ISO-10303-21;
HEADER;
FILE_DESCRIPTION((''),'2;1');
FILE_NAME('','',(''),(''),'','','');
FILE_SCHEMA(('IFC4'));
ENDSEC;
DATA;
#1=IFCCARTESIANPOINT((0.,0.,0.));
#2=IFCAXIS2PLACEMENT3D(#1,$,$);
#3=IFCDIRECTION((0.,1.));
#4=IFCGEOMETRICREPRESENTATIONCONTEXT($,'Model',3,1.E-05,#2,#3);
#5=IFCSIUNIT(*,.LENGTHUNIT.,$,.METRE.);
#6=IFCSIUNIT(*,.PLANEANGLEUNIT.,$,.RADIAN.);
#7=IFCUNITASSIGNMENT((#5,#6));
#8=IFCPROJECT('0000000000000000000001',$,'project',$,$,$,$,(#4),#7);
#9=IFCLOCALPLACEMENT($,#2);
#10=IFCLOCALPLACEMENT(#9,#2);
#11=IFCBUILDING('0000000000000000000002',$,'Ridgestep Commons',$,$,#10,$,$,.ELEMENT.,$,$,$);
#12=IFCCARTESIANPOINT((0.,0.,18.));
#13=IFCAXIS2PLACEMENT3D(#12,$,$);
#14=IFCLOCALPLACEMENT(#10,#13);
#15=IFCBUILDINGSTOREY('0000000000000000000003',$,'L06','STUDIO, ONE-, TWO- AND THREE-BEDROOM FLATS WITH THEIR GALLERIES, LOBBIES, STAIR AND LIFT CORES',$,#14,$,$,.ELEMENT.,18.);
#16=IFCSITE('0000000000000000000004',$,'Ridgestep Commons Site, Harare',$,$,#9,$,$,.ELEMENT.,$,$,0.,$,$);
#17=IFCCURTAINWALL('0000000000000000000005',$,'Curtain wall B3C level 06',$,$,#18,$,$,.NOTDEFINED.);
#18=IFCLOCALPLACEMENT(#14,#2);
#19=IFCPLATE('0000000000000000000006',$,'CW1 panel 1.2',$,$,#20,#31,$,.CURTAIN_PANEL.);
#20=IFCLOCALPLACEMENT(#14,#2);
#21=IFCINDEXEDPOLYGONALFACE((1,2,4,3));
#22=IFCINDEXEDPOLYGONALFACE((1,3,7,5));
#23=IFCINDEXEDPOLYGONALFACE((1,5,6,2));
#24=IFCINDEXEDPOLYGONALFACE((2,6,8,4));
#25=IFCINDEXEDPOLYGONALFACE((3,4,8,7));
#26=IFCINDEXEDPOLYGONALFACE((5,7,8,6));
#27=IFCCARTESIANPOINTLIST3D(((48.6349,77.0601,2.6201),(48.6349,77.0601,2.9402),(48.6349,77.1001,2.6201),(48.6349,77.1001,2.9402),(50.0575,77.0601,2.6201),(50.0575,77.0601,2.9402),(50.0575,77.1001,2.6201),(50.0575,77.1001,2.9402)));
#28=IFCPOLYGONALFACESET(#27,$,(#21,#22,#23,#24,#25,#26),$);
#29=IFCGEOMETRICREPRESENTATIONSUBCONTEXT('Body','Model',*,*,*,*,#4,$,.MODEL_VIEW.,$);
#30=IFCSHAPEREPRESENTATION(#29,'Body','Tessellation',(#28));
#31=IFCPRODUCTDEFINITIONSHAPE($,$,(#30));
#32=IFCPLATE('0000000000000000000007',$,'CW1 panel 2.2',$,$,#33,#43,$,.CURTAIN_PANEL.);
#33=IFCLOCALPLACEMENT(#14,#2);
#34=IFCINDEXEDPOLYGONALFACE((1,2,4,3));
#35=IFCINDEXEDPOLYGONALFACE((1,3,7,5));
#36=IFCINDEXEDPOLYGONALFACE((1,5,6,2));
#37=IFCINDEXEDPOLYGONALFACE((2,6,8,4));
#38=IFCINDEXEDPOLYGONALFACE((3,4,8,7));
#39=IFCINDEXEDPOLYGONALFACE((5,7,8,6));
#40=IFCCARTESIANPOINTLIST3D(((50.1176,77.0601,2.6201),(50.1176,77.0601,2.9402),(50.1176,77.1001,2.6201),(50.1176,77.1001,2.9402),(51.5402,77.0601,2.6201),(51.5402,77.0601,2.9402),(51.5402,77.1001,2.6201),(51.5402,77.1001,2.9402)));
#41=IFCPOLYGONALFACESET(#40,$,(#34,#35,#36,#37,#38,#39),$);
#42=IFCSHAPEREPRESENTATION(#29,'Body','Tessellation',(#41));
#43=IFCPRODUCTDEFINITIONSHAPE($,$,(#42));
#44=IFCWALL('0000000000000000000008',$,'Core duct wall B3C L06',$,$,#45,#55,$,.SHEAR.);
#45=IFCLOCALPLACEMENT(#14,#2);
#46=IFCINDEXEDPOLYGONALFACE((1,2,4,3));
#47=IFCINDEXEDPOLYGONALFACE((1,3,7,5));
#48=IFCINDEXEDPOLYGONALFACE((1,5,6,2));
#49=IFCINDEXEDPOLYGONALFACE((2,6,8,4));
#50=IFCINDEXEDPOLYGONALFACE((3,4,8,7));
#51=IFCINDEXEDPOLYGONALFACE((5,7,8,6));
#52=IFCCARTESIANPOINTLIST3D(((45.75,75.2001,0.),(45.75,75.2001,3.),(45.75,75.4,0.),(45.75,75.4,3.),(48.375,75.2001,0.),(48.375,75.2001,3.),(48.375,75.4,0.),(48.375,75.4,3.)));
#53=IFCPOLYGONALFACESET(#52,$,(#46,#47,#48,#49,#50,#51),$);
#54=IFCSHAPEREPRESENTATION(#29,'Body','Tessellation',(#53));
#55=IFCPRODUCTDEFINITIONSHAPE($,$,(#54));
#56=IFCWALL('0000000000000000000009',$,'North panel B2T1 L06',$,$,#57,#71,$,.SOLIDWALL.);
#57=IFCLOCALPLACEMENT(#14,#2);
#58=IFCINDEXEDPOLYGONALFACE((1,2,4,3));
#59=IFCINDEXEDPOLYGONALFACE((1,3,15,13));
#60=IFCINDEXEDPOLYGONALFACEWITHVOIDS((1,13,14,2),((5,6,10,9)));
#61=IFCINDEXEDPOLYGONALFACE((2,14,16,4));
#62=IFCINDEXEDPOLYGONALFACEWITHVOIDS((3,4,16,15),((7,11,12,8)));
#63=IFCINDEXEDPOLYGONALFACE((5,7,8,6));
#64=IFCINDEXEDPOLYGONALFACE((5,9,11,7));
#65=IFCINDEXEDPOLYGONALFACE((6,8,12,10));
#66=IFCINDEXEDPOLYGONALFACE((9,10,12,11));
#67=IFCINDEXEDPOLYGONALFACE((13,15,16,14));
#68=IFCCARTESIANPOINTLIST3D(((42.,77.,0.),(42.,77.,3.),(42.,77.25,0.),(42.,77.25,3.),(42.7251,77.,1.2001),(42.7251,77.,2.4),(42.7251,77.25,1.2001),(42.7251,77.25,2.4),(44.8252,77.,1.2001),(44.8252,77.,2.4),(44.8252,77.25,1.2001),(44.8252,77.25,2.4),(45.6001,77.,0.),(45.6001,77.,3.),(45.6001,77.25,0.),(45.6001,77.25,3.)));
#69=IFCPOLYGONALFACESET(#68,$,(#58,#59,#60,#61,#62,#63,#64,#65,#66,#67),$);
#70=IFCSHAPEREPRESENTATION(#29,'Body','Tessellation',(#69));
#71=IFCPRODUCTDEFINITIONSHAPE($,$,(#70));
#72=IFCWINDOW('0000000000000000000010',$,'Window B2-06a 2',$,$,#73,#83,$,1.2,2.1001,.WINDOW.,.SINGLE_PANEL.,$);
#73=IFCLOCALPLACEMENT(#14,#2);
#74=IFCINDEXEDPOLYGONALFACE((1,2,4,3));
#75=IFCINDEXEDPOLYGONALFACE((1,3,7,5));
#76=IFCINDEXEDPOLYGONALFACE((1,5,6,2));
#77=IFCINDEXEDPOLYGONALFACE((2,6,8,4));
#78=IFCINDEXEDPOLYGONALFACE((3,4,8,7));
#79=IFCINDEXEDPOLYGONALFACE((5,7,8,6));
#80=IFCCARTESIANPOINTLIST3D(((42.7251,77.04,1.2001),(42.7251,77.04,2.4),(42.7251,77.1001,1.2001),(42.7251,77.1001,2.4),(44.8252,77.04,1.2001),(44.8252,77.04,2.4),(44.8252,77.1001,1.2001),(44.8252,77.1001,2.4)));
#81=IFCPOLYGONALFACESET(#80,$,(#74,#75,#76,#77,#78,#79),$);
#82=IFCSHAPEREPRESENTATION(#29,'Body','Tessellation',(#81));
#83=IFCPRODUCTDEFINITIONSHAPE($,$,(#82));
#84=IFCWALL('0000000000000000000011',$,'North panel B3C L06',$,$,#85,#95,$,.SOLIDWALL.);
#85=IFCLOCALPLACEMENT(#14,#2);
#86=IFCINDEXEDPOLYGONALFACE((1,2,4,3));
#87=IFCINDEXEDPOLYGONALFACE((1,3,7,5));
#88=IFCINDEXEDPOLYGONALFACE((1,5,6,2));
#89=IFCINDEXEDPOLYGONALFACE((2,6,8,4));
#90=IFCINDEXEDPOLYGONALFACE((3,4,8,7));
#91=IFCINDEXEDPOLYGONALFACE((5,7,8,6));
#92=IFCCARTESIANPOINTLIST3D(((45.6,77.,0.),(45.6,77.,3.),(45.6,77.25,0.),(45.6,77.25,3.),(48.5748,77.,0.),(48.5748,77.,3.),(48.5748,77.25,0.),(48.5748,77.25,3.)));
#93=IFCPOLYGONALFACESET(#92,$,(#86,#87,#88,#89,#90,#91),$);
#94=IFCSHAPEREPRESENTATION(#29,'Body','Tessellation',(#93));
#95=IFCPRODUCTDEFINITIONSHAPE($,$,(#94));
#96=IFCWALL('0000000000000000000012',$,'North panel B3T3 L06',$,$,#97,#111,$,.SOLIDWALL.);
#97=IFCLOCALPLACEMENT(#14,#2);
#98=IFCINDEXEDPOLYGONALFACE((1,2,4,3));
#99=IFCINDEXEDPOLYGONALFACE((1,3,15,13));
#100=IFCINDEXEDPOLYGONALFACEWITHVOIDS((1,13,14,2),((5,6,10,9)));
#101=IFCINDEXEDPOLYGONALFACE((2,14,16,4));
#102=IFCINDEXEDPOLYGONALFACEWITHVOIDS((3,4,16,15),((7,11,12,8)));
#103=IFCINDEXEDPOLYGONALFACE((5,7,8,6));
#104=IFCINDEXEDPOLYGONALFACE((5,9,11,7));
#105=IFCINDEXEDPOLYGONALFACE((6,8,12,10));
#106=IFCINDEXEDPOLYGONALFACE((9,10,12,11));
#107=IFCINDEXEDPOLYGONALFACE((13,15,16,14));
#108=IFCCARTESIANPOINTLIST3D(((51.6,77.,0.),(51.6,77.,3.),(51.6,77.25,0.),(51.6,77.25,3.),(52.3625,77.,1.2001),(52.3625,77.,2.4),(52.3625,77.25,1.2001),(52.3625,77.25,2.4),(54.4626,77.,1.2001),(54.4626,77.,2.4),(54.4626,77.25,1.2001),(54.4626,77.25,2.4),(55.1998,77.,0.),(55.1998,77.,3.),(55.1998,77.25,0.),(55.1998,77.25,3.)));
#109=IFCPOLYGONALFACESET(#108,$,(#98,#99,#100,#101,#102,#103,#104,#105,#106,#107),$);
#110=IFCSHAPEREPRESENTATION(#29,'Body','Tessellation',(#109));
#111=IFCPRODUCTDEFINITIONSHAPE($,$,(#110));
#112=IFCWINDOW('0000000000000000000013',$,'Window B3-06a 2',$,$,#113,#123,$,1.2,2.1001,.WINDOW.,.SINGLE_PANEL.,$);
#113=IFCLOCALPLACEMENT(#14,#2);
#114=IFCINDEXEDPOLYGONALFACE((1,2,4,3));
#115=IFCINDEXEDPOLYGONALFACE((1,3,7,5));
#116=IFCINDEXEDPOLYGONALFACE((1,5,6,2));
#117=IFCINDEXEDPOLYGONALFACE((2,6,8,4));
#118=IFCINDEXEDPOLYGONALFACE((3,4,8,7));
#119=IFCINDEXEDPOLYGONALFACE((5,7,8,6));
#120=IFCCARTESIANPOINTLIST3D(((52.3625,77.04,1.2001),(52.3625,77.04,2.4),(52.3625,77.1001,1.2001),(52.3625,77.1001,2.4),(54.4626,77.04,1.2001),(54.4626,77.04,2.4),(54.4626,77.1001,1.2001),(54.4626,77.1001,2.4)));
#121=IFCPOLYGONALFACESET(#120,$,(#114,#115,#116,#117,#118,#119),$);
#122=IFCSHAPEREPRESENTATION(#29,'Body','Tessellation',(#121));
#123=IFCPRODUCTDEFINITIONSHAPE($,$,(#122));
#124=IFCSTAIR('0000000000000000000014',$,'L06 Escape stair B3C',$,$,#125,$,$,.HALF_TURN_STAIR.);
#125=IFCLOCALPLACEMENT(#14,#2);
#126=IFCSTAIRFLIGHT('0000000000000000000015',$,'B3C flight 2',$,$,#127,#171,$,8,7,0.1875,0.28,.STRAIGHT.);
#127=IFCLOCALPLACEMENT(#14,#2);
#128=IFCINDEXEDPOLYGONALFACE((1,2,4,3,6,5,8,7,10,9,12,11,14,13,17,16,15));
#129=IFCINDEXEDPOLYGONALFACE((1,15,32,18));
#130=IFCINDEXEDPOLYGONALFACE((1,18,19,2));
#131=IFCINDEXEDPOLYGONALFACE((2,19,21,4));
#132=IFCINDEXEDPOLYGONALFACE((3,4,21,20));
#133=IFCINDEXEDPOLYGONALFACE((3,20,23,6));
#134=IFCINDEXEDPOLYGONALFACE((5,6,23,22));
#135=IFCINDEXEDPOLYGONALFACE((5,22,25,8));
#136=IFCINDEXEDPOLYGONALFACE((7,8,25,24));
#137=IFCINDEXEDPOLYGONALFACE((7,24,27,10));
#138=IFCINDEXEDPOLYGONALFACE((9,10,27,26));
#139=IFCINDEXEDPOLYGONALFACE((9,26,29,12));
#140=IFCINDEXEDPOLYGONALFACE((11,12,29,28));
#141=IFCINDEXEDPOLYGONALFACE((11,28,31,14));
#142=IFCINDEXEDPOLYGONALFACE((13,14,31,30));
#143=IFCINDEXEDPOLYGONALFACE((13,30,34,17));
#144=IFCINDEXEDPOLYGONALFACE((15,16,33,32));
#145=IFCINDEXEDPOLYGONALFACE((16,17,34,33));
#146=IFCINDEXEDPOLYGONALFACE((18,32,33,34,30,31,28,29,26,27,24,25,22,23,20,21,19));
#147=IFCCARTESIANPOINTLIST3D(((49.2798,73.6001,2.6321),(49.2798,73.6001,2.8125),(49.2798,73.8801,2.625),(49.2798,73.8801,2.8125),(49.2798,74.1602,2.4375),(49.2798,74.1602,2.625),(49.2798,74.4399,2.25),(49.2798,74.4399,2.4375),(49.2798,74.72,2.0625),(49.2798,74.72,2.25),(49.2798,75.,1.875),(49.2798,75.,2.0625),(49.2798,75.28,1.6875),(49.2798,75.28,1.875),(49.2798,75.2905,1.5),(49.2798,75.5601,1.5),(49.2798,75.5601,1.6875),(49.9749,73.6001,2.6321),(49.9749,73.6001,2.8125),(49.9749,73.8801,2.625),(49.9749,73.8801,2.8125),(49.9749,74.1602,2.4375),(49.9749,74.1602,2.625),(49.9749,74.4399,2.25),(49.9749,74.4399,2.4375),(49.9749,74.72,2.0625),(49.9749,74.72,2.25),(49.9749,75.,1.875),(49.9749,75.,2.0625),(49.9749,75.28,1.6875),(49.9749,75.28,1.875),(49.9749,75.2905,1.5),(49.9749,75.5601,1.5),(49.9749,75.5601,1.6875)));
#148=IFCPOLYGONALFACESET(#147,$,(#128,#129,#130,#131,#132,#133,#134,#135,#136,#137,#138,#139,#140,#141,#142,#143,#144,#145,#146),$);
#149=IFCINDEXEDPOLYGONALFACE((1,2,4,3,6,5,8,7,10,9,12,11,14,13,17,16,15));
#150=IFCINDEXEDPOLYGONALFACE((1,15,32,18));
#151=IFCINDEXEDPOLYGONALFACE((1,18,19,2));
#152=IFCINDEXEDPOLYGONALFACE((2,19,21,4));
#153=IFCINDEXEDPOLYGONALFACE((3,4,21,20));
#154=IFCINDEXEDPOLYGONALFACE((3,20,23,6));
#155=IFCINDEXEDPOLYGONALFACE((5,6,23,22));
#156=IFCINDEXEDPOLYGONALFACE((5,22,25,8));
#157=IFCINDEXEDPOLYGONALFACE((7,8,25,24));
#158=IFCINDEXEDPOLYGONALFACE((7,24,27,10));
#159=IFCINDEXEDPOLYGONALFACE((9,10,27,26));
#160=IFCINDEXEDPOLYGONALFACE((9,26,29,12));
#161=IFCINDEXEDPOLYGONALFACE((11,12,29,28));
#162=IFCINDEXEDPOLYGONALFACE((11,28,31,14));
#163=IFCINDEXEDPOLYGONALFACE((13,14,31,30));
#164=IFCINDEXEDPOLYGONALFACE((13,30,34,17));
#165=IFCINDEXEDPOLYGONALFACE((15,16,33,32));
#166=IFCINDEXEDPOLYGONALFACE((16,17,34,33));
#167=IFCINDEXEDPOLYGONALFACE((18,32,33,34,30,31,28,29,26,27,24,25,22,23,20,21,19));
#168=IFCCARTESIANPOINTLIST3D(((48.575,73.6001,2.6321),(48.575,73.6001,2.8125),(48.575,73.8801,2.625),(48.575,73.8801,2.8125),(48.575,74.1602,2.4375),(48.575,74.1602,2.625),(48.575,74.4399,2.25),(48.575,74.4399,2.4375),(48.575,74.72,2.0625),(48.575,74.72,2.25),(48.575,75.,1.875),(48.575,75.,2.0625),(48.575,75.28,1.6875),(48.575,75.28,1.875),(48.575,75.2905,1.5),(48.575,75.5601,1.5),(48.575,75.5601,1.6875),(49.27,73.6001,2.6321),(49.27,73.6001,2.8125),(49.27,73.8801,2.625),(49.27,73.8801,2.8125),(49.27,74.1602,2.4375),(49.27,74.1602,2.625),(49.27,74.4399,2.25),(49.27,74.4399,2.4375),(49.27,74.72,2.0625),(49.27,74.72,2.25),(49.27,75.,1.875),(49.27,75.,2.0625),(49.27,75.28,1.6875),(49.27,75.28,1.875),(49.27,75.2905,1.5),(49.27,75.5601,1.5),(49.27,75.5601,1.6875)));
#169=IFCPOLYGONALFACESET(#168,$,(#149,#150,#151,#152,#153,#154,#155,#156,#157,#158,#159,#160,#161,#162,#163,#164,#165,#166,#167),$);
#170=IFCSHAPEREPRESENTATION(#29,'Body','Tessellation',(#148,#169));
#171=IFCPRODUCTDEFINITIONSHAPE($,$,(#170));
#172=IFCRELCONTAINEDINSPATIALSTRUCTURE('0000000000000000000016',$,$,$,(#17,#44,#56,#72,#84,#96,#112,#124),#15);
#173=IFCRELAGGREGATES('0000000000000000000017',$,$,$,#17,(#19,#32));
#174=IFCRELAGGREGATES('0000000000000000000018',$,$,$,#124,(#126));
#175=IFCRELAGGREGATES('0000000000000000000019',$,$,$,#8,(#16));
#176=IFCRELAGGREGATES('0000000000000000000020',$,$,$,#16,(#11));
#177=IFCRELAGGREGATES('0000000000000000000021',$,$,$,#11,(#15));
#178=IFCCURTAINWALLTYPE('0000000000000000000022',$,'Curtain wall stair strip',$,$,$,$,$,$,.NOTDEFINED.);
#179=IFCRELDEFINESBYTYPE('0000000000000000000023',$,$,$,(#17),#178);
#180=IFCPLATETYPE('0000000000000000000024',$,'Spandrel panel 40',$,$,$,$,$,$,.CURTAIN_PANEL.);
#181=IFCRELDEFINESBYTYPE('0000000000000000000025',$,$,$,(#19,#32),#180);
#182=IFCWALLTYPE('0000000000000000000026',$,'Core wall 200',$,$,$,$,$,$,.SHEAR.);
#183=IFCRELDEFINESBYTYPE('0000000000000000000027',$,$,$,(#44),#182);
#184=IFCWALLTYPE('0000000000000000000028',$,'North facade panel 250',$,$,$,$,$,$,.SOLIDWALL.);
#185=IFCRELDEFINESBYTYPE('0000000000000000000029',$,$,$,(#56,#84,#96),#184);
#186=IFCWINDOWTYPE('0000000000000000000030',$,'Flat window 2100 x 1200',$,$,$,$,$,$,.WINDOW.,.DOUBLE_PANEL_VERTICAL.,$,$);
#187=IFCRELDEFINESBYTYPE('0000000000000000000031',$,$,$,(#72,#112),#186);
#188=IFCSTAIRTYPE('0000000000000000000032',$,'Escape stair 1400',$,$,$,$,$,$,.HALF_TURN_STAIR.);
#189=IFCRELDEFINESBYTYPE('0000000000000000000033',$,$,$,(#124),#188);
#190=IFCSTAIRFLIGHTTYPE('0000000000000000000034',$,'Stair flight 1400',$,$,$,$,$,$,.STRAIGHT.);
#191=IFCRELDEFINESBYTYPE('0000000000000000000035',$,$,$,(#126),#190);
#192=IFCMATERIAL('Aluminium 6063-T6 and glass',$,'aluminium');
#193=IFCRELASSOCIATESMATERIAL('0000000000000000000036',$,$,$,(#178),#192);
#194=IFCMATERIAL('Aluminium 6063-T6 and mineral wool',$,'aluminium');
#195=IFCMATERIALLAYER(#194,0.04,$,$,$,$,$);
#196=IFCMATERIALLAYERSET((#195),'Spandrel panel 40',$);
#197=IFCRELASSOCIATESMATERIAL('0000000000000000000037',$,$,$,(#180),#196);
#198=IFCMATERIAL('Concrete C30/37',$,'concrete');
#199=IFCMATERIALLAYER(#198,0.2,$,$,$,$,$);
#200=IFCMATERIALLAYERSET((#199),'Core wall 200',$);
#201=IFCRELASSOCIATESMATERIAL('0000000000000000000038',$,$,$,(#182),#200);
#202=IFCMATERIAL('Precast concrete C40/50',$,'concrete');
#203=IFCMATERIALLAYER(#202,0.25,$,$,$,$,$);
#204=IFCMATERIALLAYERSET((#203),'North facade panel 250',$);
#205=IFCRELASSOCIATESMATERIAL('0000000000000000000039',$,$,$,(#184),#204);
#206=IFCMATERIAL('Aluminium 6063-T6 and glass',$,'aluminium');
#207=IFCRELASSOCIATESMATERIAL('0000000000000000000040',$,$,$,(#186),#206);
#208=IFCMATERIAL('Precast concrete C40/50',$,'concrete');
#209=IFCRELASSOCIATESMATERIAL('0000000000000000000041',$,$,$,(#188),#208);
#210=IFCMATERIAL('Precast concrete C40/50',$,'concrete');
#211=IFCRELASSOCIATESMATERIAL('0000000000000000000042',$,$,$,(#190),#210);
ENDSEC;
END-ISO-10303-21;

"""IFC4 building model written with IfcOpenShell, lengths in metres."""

from ifc_helpers import new_model, si_unit, direction, frame, frame_2d, origin, origin_2d, place, context, subcontext, project, spatial, polyline, rectangle, outline, extrude, material, layer, layer_set, type_object, element, fill, aggregate, save


model = new_model("IFC4")

# Units and contexts
model_context = context("Model", 3, precision=1e-05, world=origin(), true_north=direction((0.0, 1.0)))
body_context = subcontext(model_context, "Body", "Model", "MODEL_VIEW")
ifc_project = project(units=[si_unit("LENGTHUNIT", "METRE"), si_unit("PLANEANGLEUNIT", "RADIAN")], contexts=[model_context])

# Site, building, storey
site_placement = place(None, origin())
site = spatial("IfcSite", under=ifc_project, at=site_placement, Name="Ridgestep Commons Site, Harare", CompositionType="ELEMENT", RefElevation=0.0)
building_placement = place(site_placement, origin())
building = spatial("IfcBuilding", under=site, at=building_placement, Name="Ridgestep Commons", CompositionType="ELEMENT")
storey_placement = place(building_placement, frame((0.0, 0.0, 18.0)))
storey = spatial("IfcBuildingStorey", under=building, at=storey_placement, Name="L06", Description="STUDIO, ONE-, TWO- AND THREE-BEDROOM FLATS WITH THEIR GALLERIES, LOBBIES, STAIR AND LIFT CORES", CompositionType="ELEMENT", Elevation=18.0)

# Curtain wall
ifc_material_1 = material(Name="Aluminium 6063-T6 and glass", Category="aluminium")
curtain_wall_type = type_object("IfcCurtainWallType", Name="Curtain wall stair strip", PredefinedType="NOTDEFINED", material=ifc_material_1)
curtain_wall_placement = place(storey_placement, origin())
curtain_wall = element("IfcCurtainWall", 1, at=curtain_wall_placement, inside=storey, type_object=curtain_wall_type, Name="Curtain wall B3C level 06", PredefinedType="NOTDEFINED")

# Plates
ifc_material_2 = material(Name="Aluminium 6063-T6 and mineral wool", Category="aluminium")
ifc_layer_1 = layer(ifc_material_2, 0.04)
ifc_layer_set_1 = layer_set([ifc_layer_1], Name="Spandrel panel 40")
plate_type_1 = type_object("IfcPlateType", Name="Spandrel panel 40", PredefinedType="CURTAIN_PANEL", material=ifc_layer_set_1)
plate_1_placement = place(storey_placement, frame((49.3462, 77.0801, 2.6201), z_axis=(0.0, 0.0, 1.0), x_axis=(1.0, 0.0, 0.0)))
plate_1 = element("IfcPlate", 2, at=plate_1_placement, type_object=plate_type_1, Name="CW1 panel 1.2", PredefinedType="CURTAIN_PANEL", context=body_context, shape_type="SweptSolid", body=[
    extrude(rectangle(XDim=1.4226, YDim=0.04, at=origin_2d()), origin(), (0.0, 0.0, 1.0), 0.3201),
])
plate_2_placement = place(storey_placement, frame((50.8289, 77.0801, 2.6201), z_axis=(0.0, 0.0, 1.0), x_axis=(1.0, 0.0, 0.0)))
plate_2 = element("IfcPlate", 3, at=plate_2_placement, type_object=plate_type_1, Name="CW1 panel 2.2", PredefinedType="CURTAIN_PANEL", context=body_context, shape_type="SweptSolid", body=[
    extrude(rectangle(XDim=1.4226, YDim=0.04, at=origin_2d()), origin(), (0.0, 0.0, 1.0), 0.3201),
])
aggregate(curtain_wall, [plate_1, plate_2])

# Wall
ifc_material_3 = material(Name="Concrete C30/37", Category="concrete")
ifc_layer_2 = layer(ifc_material_3, 0.2)
ifc_layer_set_2 = layer_set([ifc_layer_2], Name="Core wall 200")
wall_type_1 = type_object("IfcWallType", Name="Core wall 200", PredefinedType="SHEAR", material=ifc_layer_set_2)
wall_1_placement = place(storey_placement, frame((45.75, 75.3, 0.0), z_axis=(0.0, 0.0, 1.0), x_axis=(1.0, 0.0, 0.0)))
element("IfcWall", 4, at=wall_1_placement, inside=storey, type_object=wall_type_1, Name="Core duct wall B3C L06", PredefinedType="SHEAR", context=body_context, shape_type="SweptSolid", body=[
    extrude(rectangle(XDim=2.625, YDim=0.2, at=frame_2d((1.3125, 0.0))), origin(), (0.0, 0.0, 1.0), 3.0),
])

# Wall, opening, window
ifc_material_4 = material(Name="Precast concrete C40/50", Category="concrete")
ifc_layer_3 = layer(ifc_material_4, 0.25)
ifc_layer_set_3 = layer_set([ifc_layer_3], Name="North facade panel 250")
wall_type_2 = type_object("IfcWallType", Name="North facade panel 250", PredefinedType="SOLIDWALL", material=ifc_layer_set_3)
wall_2_placement = place(storey_placement, frame((42.0, 77.125, 0.0), z_axis=(0.0, 0.0, 1.0), x_axis=(1.0, 0.0, 0.0)))
wall_2 = element("IfcWall", 5, at=wall_2_placement, inside=storey, type_object=wall_type_2, Name="North panel B2T1 L06", PredefinedType="SOLIDWALL", context=body_context, shape_type="SweptSolid", body=[
    extrude(rectangle(XDim=3.6001, YDim=0.25, at=frame_2d((1.8, 0.0))), origin(), (0.0, 0.0, 1.0), 3.0),
])
opening_1_placement = place(wall_2_placement, frame((0.7251, 0.0, 1.2)))
opening_1 = element("IfcOpeningElement", 6, at=opening_1_placement, cuts=wall_2, PredefinedType="OPENING", context=body_context, shape_type="SweptSolid", body=[
    extrude(rectangle(XDim=2.1001, YDim=1.2, at=frame_2d((1.05, 0.6001))), frame((0.0, 0.135, 0.0), z_axis=(0.0, -1.0, 0.0), x_axis=(1.0, 0.0, 0.0)), (0.0, 0.0, 1.0), 0.27),
])
ifc_material_5 = material(Name="Aluminium 6063-T6 and glass", Category="aluminium")
window_type = type_object("IfcWindowType", Name="Flat window 2100 x 1200", PartitioningType="DOUBLE_PANEL_VERTICAL", PredefinedType="WINDOW", material=ifc_material_5)
window_1_placement = place(opening_1_placement, origin())
window_1 = element("IfcWindow", 7, at=window_1_placement, inside=storey, type_object=window_type, Name="Window B2-06a 2", OverallHeight=1.2, OverallWidth=2.1001, PartitioningType="SINGLE_PANEL", PredefinedType="WINDOW", context=body_context, shape_type="SweptSolid", body=[
    extrude(rectangle(XDim=2.1001, YDim=1.2, at=frame_2d((1.05, 0.6001))), frame((0.0, -0.0249, 0.0), z_axis=(0.0, -1.0, 0.0), x_axis=(1.0, 0.0, 0.0)), (0.0, 0.0, 1.0), 0.0601),
])
fill(opening_1, window_1)

# Wall
wall_3_placement = place(storey_placement, frame((45.6001, 77.125, 0.0), z_axis=(0.0, 0.0, 1.0), x_axis=(1.0, 0.0, 0.0)))
element("IfcWall", 8, at=wall_3_placement, inside=storey, type_object=wall_type_2, Name="North panel B3C L06", PredefinedType="SOLIDWALL", context=body_context, shape_type="SweptSolid", body=[
    extrude(rectangle(XDim=2.9749, YDim=0.25, at=frame_2d((1.4873, 0.0))), origin(), (0.0, 0.0, 1.0), 3.0),
])

# Wall, opening, window
wall_4_placement = place(storey_placement, frame((51.6001, 77.125, 0.0), z_axis=(0.0, 0.0, 1.0), x_axis=(1.0, 0.0, 0.0)))
wall_4 = element("IfcWall", 9, at=wall_4_placement, inside=storey, type_object=wall_type_2, Name="North panel B3T3 L06", PredefinedType="SOLIDWALL", context=body_context, shape_type="SweptSolid", body=[
    extrude(rectangle(XDim=3.5999, YDim=0.25, at=frame_2d((1.7998, 0.0))), origin(), (0.0, 0.0, 1.0), 3.0),
])
opening_2_placement = place(wall_4_placement, frame((0.7625, 0.0, 1.2)))
opening_2 = element("IfcOpeningElement", 10, at=opening_2_placement, cuts=wall_4, PredefinedType="OPENING", context=body_context, shape_type="SweptSolid", body=[
    extrude(rectangle(XDim=2.1001, YDim=1.2, at=frame_2d((1.05, 0.6001))), frame((0.0, 0.135, 0.0), z_axis=(0.0, -1.0, 0.0), x_axis=(1.0, 0.0, 0.0)), (0.0, 0.0, 1.0), 0.27),
])
window_2_placement = place(opening_2_placement, origin())
window_2 = element("IfcWindow", 11, at=window_2_placement, inside=storey, type_object=window_type, Name="Window B3-06a 2", OverallHeight=1.2, OverallWidth=2.1001, PartitioningType="SINGLE_PANEL", PredefinedType="WINDOW", context=body_context, shape_type="SweptSolid", body=[
    extrude(rectangle(XDim=2.1001, YDim=1.2, at=frame_2d((1.05, 0.6001))), frame((0.0, -0.0249, 0.0), z_axis=(0.0, -1.0, 0.0), x_axis=(1.0, 0.0, 0.0)), (0.0, 0.0, 1.0), 0.0601),
])
fill(opening_2, window_2)

# Stair, stair flight
ifc_material_6 = material(Name="Precast concrete C40/50", Category="concrete")
stair_type = type_object("IfcStairType", Name="Escape stair 1400", PredefinedType="HALF_TURN_STAIR", material=ifc_material_6)
stair_placement = place(storey_placement, origin())
stair = element("IfcStair", 12, at=stair_placement, inside=storey, type_object=stair_type, Name="L06 Escape stair B3C", PredefinedType="HALF_TURN_STAIR")
ifc_material_7 = material(Name="Precast concrete C40/50", Category="concrete")
stair_flight_type = type_object("IfcStairFlightType", Name="Stair flight 1400", PredefinedType="STRAIGHT", material=ifc_material_7)
stair_flight_placement = place(storey_placement, frame((49.2749, 75.5601, 1.5), z_axis=(0.0, 0.0, 1.0), x_axis=(0.0, -1.0, 0.0)))
stair_flight = element("IfcStairFlight", 13, at=stair_flight_placement, type_object=stair_flight_type, Name="B3C flight 2", NumberOfRisers=8, NumberOfTreads=7, PredefinedType="STRAIGHT", RiserHeight=0.1875, TreadLength=0.28, context=body_context, shape_type="SweptSolid", body=[
    extrude(outline(polyline([(0.0, 0.0), (0.0, 0.1875), (0.28, 0.1875), (0.28, 0.375), (0.5601, 0.375), (0.5601, 0.5625), (0.8401, 0.5625), (0.8401, 0.75), (1.1201, 0.75), (1.1201, 0.9375), (1.3999, 0.9375), (1.3999, 1.125), (1.6799, 1.125), (1.6799, 1.3125), (1.96, 1.3125), (1.96, 1.5), (1.96, 1.1321), (0.2695, 0.0), (0.0, 0.0)])), frame((0.0, 0.7, 0.0), z_axis=(0.0, -1.0, 0.0), x_axis=(1.0, 0.0, 0.0)), (0.0, 0.0, 1.0), 0.6951),
    extrude(outline(polyline([(0.0, 0.0), (0.0, 0.1875), (0.28, 0.1875), (0.28, 0.375), (0.5601, 0.375), (0.5601, 0.5625), (0.8401, 0.5625), (0.8401, 0.75), (1.1201, 0.75), (1.1201, 0.9375), (1.3999, 0.9375), (1.3999, 1.125), (1.6799, 1.125), (1.6799, 1.3125), (1.96, 1.3125), (1.96, 1.5), (1.96, 1.1321), (0.2695, 0.0), (0.0, 0.0)])), frame((0.0, -0.0049, 0.0), z_axis=(0.0, -1.0, 0.0), x_axis=(1.0, 0.0, 0.0)), (0.0, 0.0, 1.0), 0.6951),
])
aggregate(stair, [stair_flight])

save(model, "model.ifc")
